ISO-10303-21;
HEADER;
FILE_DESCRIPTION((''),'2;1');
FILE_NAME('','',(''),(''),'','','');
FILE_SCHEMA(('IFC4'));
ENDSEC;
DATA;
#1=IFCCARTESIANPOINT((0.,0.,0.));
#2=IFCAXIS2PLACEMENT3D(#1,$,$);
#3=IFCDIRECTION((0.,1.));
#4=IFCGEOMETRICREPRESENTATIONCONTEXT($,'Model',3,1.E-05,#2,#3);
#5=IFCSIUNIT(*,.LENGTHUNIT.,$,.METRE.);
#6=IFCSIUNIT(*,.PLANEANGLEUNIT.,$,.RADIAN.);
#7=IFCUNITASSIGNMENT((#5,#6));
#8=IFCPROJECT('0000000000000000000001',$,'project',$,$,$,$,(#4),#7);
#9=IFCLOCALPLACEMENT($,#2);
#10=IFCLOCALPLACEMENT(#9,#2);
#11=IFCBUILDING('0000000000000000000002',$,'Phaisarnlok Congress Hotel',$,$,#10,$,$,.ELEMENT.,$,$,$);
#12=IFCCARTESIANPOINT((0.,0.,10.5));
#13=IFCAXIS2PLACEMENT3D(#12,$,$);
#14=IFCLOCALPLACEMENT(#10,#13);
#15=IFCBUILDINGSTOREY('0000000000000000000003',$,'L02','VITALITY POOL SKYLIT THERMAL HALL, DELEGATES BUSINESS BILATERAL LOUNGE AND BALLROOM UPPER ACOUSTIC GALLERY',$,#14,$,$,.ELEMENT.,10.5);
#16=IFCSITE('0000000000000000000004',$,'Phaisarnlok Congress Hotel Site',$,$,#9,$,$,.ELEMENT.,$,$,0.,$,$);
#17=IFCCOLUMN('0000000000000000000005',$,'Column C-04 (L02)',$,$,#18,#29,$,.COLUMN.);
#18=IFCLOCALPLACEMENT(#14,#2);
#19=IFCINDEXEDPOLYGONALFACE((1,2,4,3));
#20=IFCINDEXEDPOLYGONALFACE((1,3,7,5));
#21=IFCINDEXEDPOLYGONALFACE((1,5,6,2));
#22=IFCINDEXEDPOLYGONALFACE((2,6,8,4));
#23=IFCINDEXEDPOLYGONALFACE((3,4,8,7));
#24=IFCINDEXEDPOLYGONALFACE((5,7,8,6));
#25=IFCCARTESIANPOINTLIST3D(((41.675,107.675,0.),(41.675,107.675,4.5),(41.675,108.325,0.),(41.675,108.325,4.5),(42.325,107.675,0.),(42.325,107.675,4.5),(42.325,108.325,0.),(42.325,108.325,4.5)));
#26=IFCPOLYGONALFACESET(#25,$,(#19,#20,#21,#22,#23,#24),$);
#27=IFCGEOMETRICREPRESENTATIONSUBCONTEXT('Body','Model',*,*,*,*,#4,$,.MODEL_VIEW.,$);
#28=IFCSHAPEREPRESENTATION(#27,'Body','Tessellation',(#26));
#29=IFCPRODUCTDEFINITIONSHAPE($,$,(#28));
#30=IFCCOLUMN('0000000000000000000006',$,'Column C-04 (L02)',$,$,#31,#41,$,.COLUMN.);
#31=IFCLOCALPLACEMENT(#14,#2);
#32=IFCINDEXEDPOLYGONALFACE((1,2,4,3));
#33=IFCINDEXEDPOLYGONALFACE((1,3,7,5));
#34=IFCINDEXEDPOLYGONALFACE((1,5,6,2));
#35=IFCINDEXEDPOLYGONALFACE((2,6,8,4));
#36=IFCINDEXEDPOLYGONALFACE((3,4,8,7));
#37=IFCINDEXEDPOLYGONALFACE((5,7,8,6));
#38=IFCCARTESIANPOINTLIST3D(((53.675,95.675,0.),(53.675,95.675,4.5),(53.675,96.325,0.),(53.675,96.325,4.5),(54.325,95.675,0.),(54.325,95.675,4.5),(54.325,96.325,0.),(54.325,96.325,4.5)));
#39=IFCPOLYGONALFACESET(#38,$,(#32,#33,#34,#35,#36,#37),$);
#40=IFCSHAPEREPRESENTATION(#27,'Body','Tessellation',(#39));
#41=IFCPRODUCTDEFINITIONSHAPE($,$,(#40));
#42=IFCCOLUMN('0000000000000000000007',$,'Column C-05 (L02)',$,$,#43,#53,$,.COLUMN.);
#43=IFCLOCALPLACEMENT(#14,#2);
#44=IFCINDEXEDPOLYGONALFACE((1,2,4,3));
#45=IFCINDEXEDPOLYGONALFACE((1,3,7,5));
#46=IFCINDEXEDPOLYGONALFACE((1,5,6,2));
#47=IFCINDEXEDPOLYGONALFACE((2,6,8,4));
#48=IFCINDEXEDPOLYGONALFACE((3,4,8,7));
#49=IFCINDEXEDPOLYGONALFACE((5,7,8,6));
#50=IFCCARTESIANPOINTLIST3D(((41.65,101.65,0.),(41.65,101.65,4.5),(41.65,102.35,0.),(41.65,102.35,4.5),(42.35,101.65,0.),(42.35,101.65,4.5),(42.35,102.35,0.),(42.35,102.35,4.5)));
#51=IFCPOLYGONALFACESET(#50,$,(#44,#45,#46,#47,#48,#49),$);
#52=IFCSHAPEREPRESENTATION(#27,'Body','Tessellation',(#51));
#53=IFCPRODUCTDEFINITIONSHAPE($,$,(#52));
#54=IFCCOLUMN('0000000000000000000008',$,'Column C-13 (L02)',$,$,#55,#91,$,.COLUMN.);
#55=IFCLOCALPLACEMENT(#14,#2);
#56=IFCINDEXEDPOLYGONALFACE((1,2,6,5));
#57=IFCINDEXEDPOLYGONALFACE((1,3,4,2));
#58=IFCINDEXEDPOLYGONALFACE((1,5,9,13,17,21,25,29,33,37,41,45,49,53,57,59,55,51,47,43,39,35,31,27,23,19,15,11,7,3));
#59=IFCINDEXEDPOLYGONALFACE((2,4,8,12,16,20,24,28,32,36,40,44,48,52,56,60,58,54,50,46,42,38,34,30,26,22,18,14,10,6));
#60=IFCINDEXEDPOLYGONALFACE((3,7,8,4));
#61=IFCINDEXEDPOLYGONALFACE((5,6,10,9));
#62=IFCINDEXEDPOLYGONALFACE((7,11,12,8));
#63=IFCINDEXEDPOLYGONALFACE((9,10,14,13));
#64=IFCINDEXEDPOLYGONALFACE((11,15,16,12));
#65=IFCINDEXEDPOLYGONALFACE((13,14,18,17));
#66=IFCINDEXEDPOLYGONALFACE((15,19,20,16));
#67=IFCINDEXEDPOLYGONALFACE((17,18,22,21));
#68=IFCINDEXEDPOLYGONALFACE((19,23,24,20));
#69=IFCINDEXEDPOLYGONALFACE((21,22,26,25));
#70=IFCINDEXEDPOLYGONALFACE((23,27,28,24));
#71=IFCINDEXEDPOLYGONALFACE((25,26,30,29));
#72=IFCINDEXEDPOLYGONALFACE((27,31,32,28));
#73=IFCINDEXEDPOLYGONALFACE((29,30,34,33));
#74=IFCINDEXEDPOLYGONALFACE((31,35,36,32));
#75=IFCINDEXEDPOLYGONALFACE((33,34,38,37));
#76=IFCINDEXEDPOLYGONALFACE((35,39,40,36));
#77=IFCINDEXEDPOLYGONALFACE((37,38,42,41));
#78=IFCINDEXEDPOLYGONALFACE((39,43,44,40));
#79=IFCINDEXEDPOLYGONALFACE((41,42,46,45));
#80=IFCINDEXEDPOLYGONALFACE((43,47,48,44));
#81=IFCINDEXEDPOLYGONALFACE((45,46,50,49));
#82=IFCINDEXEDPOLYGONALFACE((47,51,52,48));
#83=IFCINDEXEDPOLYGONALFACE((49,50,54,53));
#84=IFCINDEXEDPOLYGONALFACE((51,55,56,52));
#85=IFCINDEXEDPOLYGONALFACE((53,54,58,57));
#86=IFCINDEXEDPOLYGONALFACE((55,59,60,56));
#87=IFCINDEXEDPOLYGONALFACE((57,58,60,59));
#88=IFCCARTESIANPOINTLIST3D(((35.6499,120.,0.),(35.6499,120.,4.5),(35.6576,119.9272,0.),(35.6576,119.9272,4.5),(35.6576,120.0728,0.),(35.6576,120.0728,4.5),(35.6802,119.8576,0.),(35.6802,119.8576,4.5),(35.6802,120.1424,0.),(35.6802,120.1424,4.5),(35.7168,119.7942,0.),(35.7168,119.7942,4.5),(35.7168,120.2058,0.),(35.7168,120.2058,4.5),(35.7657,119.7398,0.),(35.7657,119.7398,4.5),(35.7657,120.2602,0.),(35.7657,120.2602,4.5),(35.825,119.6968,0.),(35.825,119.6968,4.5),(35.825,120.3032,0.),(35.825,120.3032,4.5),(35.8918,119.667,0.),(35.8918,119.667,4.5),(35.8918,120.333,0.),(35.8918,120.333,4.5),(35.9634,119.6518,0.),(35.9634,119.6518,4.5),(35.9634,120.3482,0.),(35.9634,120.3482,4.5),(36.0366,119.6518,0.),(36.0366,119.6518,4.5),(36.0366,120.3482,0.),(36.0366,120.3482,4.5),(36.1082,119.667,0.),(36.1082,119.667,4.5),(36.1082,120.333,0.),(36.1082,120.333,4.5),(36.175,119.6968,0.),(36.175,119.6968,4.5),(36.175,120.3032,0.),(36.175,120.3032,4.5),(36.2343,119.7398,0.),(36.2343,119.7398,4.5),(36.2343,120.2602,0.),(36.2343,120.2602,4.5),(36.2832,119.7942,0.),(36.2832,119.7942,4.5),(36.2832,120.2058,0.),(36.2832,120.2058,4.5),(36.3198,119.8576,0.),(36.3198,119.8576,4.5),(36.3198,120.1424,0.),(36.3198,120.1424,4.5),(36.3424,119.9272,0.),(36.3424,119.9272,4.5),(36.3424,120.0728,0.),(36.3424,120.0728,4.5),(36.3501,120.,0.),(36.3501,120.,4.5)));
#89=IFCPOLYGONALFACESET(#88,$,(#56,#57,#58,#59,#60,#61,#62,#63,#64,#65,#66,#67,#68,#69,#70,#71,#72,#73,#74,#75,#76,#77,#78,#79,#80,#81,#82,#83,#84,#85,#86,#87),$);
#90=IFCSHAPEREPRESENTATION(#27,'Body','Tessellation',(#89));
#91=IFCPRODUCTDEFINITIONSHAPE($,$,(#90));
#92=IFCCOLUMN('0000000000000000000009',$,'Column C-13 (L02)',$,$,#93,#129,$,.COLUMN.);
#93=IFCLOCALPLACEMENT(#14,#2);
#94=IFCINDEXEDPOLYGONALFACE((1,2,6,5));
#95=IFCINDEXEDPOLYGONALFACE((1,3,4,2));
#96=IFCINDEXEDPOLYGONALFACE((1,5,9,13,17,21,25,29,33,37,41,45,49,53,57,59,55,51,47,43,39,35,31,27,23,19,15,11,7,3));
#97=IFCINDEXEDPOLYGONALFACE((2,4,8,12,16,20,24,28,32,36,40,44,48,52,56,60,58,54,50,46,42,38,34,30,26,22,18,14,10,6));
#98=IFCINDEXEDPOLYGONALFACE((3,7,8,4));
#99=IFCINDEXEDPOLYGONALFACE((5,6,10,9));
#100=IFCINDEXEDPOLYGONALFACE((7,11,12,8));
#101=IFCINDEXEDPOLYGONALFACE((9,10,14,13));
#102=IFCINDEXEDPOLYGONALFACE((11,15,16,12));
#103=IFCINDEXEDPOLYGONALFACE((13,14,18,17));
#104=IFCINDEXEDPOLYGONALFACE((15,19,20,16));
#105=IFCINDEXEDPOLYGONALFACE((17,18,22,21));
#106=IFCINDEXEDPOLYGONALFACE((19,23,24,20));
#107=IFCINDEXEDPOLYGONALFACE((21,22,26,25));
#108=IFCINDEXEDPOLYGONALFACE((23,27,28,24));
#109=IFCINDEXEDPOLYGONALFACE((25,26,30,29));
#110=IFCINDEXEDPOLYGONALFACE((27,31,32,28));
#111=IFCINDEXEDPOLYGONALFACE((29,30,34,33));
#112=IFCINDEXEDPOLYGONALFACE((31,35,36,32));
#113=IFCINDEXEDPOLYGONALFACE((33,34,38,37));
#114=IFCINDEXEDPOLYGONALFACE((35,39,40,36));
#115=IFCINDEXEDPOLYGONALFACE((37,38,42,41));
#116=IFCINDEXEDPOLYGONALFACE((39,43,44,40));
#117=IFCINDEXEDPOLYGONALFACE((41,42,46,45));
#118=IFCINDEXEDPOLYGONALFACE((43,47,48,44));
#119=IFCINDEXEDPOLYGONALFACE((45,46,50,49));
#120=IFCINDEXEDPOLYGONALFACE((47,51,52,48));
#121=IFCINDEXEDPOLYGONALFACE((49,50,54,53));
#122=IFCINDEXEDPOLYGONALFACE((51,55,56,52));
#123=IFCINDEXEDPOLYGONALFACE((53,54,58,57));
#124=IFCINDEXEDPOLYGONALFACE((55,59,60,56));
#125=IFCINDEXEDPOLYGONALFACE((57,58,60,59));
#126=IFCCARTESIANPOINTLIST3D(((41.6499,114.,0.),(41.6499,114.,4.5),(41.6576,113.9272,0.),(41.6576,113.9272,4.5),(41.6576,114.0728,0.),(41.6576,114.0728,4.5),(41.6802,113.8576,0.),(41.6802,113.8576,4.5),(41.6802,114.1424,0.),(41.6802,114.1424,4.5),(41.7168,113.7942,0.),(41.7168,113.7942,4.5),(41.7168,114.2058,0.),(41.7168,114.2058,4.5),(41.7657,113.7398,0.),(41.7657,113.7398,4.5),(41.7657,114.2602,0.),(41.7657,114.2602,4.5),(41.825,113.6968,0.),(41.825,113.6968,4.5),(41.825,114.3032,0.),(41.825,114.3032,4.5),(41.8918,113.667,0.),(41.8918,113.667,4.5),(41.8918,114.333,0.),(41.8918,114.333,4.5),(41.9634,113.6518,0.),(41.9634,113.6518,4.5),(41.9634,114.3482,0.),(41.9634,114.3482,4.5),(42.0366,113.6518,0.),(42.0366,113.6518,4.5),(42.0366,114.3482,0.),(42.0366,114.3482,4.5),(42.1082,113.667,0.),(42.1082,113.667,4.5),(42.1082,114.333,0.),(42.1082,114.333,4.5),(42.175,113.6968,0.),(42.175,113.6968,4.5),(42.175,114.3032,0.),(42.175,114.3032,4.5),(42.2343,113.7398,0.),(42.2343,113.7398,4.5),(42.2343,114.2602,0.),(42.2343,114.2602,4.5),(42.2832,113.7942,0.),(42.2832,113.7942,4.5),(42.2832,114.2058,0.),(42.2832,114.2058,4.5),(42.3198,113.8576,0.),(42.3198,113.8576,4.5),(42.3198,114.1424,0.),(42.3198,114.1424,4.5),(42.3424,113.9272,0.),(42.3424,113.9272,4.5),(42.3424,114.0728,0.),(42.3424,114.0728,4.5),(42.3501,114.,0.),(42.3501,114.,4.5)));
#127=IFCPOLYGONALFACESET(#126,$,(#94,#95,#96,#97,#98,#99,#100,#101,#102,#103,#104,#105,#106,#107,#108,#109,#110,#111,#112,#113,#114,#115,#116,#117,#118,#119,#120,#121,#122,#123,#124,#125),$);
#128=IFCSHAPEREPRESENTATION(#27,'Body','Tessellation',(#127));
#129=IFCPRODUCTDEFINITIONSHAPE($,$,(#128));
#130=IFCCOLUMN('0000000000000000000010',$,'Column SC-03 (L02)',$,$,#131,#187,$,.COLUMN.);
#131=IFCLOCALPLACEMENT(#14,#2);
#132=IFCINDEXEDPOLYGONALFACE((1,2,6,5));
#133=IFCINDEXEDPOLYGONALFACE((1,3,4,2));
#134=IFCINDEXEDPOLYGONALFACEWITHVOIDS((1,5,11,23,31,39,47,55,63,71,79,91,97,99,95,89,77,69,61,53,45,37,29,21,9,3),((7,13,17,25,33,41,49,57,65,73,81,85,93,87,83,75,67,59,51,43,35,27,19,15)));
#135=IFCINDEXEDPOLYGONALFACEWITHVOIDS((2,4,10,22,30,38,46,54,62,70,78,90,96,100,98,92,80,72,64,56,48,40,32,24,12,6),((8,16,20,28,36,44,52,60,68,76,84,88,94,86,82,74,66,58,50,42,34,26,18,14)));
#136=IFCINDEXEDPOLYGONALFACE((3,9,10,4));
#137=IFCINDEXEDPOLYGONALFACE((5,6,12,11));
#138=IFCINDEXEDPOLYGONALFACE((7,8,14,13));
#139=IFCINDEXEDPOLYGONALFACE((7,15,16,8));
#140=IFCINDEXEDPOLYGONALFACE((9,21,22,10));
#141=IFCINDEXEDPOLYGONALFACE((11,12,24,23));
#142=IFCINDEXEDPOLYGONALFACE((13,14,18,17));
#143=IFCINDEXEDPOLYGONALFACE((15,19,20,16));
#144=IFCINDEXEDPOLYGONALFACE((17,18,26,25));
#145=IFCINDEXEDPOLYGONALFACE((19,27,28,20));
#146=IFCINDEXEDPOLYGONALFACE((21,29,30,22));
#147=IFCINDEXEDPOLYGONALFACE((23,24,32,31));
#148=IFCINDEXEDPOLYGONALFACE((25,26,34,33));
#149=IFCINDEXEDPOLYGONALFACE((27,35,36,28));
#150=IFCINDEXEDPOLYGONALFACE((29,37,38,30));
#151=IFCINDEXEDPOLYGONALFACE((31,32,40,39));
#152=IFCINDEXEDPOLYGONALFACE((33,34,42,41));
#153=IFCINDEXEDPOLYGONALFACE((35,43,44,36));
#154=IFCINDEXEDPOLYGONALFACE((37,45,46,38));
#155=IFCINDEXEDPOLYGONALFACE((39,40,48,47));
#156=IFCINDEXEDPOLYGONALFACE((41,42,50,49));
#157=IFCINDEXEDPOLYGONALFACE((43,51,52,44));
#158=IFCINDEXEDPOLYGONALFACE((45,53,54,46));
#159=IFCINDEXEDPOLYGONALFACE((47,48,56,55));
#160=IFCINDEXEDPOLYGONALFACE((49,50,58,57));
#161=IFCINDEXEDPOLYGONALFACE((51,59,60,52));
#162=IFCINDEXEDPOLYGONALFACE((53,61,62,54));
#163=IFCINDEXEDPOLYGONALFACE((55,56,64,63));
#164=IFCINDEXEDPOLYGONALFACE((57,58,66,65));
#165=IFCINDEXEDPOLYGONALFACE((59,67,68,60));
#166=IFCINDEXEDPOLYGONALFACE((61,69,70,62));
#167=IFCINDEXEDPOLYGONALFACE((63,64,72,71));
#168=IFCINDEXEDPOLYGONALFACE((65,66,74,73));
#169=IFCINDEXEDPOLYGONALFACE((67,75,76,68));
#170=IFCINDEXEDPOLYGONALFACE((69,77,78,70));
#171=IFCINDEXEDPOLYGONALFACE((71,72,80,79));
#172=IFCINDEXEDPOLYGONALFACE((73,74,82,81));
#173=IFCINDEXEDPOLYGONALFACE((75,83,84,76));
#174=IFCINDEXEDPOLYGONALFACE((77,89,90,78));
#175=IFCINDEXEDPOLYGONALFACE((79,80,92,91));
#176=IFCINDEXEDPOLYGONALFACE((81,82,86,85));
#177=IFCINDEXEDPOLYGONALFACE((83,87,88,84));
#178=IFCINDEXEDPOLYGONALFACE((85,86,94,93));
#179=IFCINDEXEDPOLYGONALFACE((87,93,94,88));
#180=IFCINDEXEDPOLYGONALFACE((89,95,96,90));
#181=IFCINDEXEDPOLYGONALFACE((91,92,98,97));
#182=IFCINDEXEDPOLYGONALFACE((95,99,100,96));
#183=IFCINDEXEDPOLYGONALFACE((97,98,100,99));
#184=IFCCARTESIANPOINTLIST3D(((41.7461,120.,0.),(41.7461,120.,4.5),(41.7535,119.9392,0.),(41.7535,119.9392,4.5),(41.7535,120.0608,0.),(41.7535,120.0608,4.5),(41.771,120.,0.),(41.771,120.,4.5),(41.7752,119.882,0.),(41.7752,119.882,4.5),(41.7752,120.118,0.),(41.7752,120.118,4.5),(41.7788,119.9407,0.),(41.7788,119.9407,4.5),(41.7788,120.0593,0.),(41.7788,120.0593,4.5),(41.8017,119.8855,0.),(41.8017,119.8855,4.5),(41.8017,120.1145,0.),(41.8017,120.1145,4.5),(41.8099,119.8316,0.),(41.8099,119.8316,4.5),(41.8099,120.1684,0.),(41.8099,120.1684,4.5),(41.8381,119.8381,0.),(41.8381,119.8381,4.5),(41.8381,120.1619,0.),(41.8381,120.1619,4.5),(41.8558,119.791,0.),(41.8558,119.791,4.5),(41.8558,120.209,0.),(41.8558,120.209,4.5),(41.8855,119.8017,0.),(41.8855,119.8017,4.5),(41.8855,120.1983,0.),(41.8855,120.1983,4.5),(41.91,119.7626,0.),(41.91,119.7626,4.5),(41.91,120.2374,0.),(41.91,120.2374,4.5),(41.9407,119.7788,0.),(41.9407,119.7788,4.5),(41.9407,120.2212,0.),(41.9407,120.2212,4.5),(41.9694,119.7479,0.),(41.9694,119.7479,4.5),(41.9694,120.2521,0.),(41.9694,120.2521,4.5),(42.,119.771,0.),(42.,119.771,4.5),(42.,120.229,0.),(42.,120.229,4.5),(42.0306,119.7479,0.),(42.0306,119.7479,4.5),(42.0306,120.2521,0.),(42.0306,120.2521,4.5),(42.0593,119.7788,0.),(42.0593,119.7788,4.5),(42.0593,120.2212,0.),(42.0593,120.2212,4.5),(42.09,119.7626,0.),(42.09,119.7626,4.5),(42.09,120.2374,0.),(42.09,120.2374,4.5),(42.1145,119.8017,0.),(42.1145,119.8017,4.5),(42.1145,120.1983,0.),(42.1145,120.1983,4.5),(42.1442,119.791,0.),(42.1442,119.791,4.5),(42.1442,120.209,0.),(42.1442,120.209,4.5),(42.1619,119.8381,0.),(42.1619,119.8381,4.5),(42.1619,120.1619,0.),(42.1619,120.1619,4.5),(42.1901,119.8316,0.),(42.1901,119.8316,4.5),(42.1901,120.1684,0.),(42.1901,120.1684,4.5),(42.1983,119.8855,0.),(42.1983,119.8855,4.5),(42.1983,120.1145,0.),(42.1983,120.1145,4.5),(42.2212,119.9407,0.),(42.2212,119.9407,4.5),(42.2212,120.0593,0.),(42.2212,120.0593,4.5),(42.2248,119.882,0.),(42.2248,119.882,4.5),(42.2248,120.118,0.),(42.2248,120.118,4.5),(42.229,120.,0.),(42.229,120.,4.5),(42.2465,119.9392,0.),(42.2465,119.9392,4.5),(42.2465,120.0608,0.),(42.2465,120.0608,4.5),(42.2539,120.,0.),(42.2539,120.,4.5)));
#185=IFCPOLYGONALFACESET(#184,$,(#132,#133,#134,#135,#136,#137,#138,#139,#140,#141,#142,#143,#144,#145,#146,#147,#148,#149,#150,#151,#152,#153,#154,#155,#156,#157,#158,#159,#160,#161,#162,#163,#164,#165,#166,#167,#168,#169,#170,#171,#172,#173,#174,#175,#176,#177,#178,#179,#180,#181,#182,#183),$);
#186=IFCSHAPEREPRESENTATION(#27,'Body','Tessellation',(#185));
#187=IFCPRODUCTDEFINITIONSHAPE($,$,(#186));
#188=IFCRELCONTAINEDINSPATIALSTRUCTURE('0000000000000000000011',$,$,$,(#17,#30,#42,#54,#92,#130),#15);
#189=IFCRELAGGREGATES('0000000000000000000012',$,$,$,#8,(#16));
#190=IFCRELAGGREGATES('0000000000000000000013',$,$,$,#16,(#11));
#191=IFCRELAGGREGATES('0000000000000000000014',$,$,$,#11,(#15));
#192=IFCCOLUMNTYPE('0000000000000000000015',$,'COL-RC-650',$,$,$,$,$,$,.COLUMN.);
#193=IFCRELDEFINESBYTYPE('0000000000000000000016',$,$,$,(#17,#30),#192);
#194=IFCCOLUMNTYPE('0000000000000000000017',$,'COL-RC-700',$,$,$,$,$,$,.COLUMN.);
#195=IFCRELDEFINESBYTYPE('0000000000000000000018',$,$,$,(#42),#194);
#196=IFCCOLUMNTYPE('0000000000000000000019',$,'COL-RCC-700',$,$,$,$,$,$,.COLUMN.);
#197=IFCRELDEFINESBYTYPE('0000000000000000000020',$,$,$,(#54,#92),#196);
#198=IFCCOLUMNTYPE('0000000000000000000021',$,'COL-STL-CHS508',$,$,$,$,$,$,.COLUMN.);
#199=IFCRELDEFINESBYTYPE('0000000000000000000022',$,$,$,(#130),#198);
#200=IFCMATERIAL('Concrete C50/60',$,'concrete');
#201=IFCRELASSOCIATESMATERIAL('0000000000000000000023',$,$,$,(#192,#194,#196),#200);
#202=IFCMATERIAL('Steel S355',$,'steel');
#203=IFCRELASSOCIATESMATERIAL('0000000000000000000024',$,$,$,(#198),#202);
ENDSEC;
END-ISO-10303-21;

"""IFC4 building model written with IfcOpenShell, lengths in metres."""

from ifc_helpers import new_model, si_unit, direction, frame, origin, origin_2d, place, context, subcontext, project, spatial, rectangle, circle, hollow_circle, extrude, material, material_profile, profile_set, type_object, element, save


model = new_model("IFC4")

# Units and contexts
model_context = context("Model", 3, precision=1e-05, world=origin(), true_north=direction((0.0, 1.0)))
body_context = subcontext(model_context, "Body", "Model", "MODEL_VIEW")
ifc_project = project(units=[si_unit("LENGTHUNIT", "METRE"), si_unit("PLANEANGLEUNIT", "RADIAN")], contexts=[model_context])

# Site, building, storey
site_placement = place(None, origin())
site = spatial("IfcSite", under=ifc_project, at=site_placement, Name="Phaisarnlok Congress Hotel Site", CompositionType="ELEMENT", RefElevation=0.0)
building_placement = place(site_placement, origin())
building = spatial("IfcBuilding", under=site, at=building_placement, Name="Phaisarnlok Congress Hotel", CompositionType="ELEMENT")
storey_placement = place(building_placement, frame((0.0, 0.0, 10.5)))
storey = spatial("IfcBuildingStorey", under=building, at=storey_placement, Name="L02", Description="VITALITY POOL SKYLIT THERMAL HALL, DELEGATES BUSINESS BILATERAL LOUNGE AND BALLROOM UPPER ACOUSTIC GALLERY", CompositionType="ELEMENT", Elevation=10.5)

# Columns
ifc_material_1 = material(Name="Concrete C50/60", Category="concrete")
ifc_material_profile_1 = material_profile(ifc_material_1, rectangle(XDim=0.6499, YDim=0.6499, at=origin_2d()), Name="RC 650x650")
ifc_profile_set_1 = profile_set([ifc_material_profile_1], Name="Concrete C50/60")
column_type_1 = type_object("IfcColumnType", Name="COL-RC-650", PredefinedType="COLUMN", material=ifc_profile_set_1)
for number, where, z_axis, x_axis, name in (
    (1, (42.0, 108.0, 0.0), (0.0, 0.0, 1.0), (1.0, 0.0, 0.0), "Column C-04 (L02)"),
    (2, (54.0, 96.0, 0.0), (0.0, 0.0, 1.0), (1.0, 0.0, 0.0), "Column C-04 (L02)"),
):
    element("IfcColumn", number, at=place(storey_placement, frame(where, z_axis=z_axis, x_axis=x_axis)), inside=storey, type_object=column_type_1, Name=name, PredefinedType="COLUMN", context=body_context, shape_type="SweptSolid", body=[
        extrude(rectangle(XDim=0.6499, YDim=0.6499, at=origin_2d()), origin(), (0.0, 0.0, 1.0), 4.5),
    ])
ifc_material_profile_2 = material_profile(ifc_material_1, rectangle(XDim=0.7, YDim=0.7, at=origin_2d()), Name="RC 700x700")
ifc_profile_set_2 = profile_set([ifc_material_profile_2], Name="Concrete C50/60")
column_type_2 = type_object("IfcColumnType", Name="COL-RC-700", PredefinedType="COLUMN", material=ifc_profile_set_2)
column_1_placement = place(storey_placement, frame((42.0, 102.0, 0.0), z_axis=(0.0, 0.0, 1.0), x_axis=(1.0, 0.0, 0.0)))
element("IfcColumn", 3, at=column_1_placement, inside=storey, type_object=column_type_2, Name="Column C-05 (L02)", PredefinedType="COLUMN", context=body_context, shape_type="SweptSolid", body=[
    extrude(rectangle(XDim=0.7, YDim=0.7, at=origin_2d()), origin(), (0.0, 0.0, 1.0), 4.5),
])
ifc_material_profile_3 = material_profile(ifc_material_1, circle(Radius=0.3501, at=origin_2d()), Name="RCC D700")
ifc_profile_set_3 = profile_set([ifc_material_profile_3], Name="Concrete C50/60")
column_type_3 = type_object("IfcColumnType", Name="COL-RCC-700", PredefinedType="COLUMN", material=ifc_profile_set_3)
for number, where, z_axis, x_axis, name in (
    (4, (36.0, 120.0, 0.0), (0.0, 0.0, 1.0), (1.0, 0.0, 0.0), "Column C-13 (L02)"),
    (5, (42.0, 114.0, 0.0), (0.0, 0.0, 1.0), (1.0, 0.0, 0.0), "Column C-13 (L02)"),
):
    element("IfcColumn", number, at=place(storey_placement, frame(where, z_axis=z_axis, x_axis=x_axis)), inside=storey, type_object=column_type_3, Name=name, PredefinedType="COLUMN", context=body_context, shape_type="SweptSolid", body=[
        extrude(circle(Radius=0.3501, at=origin_2d()), origin(), (0.0, 0.0, 1.0), 4.5),
    ])
ifc_material_2 = material(Name="Steel S355", Category="steel")
ifc_material_profile_4 = material_profile(ifc_material_2, hollow_circle(Radius=0.2539, WallThickness=0.0249, at=origin_2d()), Name="CHS 508x25")
ifc_profile_set_4 = profile_set([ifc_material_profile_4], Name="Steel S355")
column_type_4 = type_object("IfcColumnType", Name="COL-STL-CHS508", PredefinedType="COLUMN", material=ifc_profile_set_4)
column_2_placement = place(storey_placement, frame((42.0, 120.0, 0.0), z_axis=(0.0, 0.0, 1.0), x_axis=(1.0, 0.0, 0.0)))
element("IfcColumn", 6, at=column_2_placement, inside=storey, type_object=column_type_4, Name="Column SC-03 (L02)", PredefinedType="COLUMN", context=body_context, shape_type="SweptSolid", body=[
    extrude(hollow_circle(Radius=0.2539, WallThickness=0.0249, at=origin_2d()), origin(), (0.0, 0.0, 1.0), 4.5),
])

save(model, "model.ifc")
